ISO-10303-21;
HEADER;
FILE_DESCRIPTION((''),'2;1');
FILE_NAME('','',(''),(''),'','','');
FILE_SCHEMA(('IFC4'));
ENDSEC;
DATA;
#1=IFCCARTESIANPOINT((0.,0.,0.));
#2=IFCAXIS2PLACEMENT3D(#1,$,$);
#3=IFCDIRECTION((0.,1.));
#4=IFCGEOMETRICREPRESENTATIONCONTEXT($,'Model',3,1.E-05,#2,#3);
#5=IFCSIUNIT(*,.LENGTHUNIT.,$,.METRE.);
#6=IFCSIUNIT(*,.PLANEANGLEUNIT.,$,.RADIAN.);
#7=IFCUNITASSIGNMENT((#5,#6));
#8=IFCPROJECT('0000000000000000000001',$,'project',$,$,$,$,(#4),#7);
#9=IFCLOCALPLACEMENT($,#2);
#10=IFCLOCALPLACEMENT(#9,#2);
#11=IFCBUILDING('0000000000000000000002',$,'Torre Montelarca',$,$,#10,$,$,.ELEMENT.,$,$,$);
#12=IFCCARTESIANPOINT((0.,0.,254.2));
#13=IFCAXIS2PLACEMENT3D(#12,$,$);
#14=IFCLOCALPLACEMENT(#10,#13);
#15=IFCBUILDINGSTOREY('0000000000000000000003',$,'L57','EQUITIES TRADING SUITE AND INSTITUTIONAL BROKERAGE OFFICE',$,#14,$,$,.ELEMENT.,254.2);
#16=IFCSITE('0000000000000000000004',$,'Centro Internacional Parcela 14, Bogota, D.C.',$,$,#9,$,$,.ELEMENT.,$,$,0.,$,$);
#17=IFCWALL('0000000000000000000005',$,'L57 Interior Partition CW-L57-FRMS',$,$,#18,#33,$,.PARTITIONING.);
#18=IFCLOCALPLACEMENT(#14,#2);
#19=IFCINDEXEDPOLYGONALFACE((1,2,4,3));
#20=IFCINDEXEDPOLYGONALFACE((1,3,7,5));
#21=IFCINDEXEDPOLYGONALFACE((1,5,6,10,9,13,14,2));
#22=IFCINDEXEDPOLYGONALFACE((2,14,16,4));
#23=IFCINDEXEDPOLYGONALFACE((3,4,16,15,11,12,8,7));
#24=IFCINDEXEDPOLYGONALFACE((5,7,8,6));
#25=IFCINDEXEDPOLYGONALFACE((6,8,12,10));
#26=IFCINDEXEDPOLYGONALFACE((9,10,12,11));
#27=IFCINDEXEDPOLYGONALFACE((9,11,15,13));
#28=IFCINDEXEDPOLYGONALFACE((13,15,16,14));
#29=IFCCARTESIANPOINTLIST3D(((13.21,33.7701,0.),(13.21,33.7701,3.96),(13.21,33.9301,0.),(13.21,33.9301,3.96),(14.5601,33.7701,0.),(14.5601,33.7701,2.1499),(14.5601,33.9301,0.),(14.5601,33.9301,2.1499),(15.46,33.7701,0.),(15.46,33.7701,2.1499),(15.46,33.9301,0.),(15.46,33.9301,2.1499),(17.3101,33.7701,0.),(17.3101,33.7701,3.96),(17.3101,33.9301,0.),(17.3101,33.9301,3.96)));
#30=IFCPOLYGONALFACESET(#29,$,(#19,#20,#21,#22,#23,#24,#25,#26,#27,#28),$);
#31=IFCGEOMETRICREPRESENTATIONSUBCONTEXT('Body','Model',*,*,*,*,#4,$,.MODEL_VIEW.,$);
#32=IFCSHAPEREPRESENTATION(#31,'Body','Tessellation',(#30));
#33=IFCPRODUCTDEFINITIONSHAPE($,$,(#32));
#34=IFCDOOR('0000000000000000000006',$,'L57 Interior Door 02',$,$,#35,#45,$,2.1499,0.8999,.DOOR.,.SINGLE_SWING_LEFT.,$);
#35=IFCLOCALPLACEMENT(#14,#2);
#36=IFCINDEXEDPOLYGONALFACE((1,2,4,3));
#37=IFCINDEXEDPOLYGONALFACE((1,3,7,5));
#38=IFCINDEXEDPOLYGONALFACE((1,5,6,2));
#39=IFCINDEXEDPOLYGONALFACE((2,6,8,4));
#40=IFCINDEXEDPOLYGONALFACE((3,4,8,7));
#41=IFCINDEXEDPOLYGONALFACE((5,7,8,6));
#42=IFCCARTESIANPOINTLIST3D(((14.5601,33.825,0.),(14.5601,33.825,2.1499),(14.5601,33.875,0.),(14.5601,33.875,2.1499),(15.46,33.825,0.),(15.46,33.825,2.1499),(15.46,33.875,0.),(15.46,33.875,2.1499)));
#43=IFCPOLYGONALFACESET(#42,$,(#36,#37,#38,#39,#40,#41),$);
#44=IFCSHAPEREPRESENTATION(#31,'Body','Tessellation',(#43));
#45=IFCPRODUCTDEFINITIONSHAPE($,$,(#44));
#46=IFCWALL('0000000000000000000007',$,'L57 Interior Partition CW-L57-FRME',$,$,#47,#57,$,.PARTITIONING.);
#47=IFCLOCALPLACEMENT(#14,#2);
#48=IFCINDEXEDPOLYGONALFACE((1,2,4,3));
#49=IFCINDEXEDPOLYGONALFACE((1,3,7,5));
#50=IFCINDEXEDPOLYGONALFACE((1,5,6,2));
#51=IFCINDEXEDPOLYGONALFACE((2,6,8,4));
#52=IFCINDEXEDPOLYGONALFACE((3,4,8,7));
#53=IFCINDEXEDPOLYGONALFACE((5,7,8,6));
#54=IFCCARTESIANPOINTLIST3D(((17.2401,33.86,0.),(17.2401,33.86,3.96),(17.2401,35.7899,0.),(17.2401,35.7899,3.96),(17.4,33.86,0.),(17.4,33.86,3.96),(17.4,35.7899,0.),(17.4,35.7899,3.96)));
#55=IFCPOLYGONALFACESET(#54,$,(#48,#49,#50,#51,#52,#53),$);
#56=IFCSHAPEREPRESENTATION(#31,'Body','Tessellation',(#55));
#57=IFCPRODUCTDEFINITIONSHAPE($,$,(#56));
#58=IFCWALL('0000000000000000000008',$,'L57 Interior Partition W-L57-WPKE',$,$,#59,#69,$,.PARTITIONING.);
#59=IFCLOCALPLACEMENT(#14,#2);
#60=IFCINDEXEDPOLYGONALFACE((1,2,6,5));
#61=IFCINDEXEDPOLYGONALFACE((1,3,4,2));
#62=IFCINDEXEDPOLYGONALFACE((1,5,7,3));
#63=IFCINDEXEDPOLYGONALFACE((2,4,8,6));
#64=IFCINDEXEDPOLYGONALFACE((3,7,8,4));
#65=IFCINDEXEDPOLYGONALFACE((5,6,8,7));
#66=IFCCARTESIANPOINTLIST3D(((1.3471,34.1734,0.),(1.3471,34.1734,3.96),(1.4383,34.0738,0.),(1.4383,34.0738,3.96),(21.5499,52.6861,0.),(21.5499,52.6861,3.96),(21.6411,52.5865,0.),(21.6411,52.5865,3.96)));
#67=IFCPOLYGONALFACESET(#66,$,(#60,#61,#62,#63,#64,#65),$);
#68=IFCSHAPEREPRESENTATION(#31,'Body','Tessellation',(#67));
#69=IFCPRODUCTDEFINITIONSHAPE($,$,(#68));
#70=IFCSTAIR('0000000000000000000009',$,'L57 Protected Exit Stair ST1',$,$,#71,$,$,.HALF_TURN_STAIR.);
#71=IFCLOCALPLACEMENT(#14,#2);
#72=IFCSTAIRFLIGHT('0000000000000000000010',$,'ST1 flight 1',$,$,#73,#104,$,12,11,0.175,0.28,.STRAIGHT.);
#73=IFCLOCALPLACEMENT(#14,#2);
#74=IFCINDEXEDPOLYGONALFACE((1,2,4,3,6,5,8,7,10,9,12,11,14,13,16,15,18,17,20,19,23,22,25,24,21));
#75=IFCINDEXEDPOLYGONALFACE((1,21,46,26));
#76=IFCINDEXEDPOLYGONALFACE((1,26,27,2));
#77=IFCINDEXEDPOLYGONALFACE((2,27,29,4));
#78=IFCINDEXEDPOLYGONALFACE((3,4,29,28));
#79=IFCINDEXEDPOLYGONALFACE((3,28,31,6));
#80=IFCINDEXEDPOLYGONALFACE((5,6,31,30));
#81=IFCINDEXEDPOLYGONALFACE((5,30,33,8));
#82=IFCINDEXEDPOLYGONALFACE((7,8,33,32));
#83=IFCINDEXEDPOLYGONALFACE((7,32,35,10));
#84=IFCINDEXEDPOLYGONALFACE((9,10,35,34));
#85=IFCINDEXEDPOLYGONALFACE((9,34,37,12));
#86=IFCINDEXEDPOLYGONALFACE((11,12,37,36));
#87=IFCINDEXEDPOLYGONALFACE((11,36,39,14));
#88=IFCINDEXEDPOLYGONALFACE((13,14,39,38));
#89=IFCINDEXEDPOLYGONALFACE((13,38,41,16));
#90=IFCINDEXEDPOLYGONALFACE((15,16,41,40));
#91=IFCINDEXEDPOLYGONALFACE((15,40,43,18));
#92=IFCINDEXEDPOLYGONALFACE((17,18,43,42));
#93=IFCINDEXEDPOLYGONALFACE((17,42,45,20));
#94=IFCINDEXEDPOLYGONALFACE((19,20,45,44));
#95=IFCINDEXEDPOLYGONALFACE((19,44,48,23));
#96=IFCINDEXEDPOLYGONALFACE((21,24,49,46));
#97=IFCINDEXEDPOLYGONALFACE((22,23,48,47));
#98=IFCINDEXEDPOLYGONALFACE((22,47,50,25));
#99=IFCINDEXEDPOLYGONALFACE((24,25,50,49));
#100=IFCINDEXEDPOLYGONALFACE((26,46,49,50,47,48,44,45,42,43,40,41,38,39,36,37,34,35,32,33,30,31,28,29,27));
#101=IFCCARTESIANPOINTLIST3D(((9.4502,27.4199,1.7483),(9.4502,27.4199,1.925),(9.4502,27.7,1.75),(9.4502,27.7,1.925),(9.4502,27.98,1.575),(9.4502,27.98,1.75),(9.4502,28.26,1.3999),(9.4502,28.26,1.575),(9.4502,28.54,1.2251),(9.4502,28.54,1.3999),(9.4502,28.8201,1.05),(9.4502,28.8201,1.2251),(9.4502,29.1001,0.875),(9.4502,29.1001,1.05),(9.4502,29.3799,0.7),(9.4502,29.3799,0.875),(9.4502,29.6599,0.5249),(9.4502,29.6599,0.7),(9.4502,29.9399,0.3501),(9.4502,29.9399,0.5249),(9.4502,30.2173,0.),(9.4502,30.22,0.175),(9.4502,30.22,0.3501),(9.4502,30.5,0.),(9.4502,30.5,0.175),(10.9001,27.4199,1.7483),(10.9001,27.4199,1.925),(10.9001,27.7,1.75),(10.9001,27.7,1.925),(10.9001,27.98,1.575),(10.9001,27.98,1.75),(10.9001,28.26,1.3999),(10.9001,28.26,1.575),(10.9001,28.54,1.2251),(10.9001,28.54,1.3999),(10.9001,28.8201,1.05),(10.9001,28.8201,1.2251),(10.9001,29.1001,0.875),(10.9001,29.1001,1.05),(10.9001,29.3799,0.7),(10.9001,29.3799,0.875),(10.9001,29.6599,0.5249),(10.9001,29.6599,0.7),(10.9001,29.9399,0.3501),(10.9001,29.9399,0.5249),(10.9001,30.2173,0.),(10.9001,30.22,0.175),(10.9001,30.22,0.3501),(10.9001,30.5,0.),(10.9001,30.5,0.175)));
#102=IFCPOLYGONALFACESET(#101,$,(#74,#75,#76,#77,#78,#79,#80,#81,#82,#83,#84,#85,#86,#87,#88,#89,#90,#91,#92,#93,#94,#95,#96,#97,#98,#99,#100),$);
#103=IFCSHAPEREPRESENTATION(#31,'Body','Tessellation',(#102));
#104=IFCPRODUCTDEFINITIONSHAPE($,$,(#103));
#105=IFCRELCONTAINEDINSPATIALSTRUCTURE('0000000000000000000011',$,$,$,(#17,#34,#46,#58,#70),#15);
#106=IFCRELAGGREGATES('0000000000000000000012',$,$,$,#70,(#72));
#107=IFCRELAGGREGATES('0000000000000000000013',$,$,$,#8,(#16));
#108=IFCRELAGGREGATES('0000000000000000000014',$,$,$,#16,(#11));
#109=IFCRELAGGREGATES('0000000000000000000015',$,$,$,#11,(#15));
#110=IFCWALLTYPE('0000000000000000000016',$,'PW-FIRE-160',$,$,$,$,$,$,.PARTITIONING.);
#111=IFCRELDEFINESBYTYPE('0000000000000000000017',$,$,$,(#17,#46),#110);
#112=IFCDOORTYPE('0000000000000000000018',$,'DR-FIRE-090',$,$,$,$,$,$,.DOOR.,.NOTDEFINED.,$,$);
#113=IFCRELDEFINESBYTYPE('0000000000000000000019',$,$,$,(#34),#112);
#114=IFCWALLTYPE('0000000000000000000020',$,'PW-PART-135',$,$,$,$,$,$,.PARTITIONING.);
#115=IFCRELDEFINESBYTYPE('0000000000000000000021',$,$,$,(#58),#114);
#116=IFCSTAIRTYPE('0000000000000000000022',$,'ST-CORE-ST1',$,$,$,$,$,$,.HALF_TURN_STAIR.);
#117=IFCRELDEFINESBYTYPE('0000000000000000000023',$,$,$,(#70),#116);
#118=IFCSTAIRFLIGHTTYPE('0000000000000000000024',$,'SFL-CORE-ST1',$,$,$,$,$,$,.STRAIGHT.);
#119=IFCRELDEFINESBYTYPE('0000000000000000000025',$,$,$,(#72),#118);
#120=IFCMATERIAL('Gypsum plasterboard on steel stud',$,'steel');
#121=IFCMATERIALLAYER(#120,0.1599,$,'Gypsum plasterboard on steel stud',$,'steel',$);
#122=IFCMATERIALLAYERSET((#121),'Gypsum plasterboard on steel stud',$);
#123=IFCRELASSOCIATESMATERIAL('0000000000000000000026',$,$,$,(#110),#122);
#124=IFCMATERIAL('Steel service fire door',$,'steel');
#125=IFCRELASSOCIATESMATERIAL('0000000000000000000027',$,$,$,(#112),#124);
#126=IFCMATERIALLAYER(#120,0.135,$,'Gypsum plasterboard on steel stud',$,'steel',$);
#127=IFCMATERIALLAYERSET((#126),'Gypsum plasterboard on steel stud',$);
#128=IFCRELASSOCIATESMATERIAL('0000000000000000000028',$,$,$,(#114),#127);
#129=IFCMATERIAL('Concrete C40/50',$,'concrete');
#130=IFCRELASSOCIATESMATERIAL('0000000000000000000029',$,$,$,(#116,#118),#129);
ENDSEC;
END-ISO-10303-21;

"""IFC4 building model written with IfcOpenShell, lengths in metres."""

from ifc_helpers import new_model, si_unit, direction, frame, frame_2d, origin, place, context, subcontext, project, spatial, polyline, rectangle, outline, extrude, source, transform, mapped, material, layer, layer_set, type_object, element, fill, aggregate, save


model = new_model("IFC4")

# Units and contexts
model_context = context("Model", 3, precision=1e-05, world=origin(), true_north=direction((0.0, 1.0)))
body_context = subcontext(model_context, "Body", "Model", "MODEL_VIEW")
ifc_project = project(units=[si_unit("LENGTHUNIT", "METRE"), si_unit("PLANEANGLEUNIT", "RADIAN")], contexts=[model_context])

# Site, building, storey
site_placement = place(None, origin())
site = spatial("IfcSite", under=ifc_project, at=site_placement, Name="Centro Internacional Parcela 14, Bogota, D.C.", CompositionType="ELEMENT", RefElevation=0.0)
building_placement = place(site_placement, origin())
building = spatial("IfcBuilding", under=site, at=building_placement, Name="Torre Montelarca", CompositionType="ELEMENT")
storey_placement = place(building_placement, frame((0.0, 0.0, 254.2)))
storey = spatial("IfcBuildingStorey", under=building, at=storey_placement, Name="L57", Description="EQUITIES TRADING SUITE AND INSTITUTIONAL BROKERAGE OFFICE", CompositionType="ELEMENT", Elevation=254.2)

# Shared definitions
ifc_material_1 = material(Name="Concrete C40/50", Category="concrete")

# Shared definitions
ifc_material_2 = material(Name="Gypsum plasterboard on steel stud", Category="steel")
ifc_layer_1 = layer(ifc_material_2, 0.1599, Name="Gypsum plasterboard on steel stud", Category="steel")
ifc_layer_set_1 = layer_set([ifc_layer_1], Name="Gypsum plasterboard on steel stud")
wall_type_1 = type_object("IfcWallType", Name="PW-FIRE-160", PredefinedType="PARTITIONING", material=ifc_layer_set_1)
ifc_material_3 = material(Name="Steel service fire door", Category="steel")
door_type_1 = type_object("IfcDoorType", Name="DR-FIRE-090", OperationType="NOTDEFINED", PredefinedType="DOOR", material=ifc_material_3)
shared_shape_1 = source(origin(), body_context, "Body", "SweptSolid", [
    extrude(rectangle(XDim=0.8999, YDim=2.1499, at=frame_2d((0.45, 1.075))), frame((0.0, 0.0249, 0.0), z_axis=(0.0, -1.0, 0.0), x_axis=(1.0, 0.0, 0.0)), (0.0, 0.0, 1.0), 0.05),
])

# Wall, opening, door
wall_1_placement = place(storey_placement, frame((13.21, 33.8501, 0.0), z_axis=(0.0, 0.0, 1.0), x_axis=(1.0, 0.0, 0.0)))
wall_1 = element("IfcWall", 1, at=wall_1_placement, inside=storey, type_object=wall_type_1, Name="L57 Interior Partition CW-L57-FRMS", PredefinedType="PARTITIONING", context=body_context, shape_type="SweptSolid", body=[
    extrude(rectangle(XDim=4.1001, YDim=0.1599, at=frame_2d((2.05, 0.0))), origin(), (0.0, 0.0, 1.0), 3.96),
])
opening_1_placement = place(wall_1_placement, frame((1.3501, 0.0, 0.0)))
opening_1 = element("IfcOpeningElement", 2, at=opening_1_placement, cuts=wall_1, PredefinedType="OPENING", context=body_context, shape_type="SweptSolid", body=[
    extrude(rectangle(XDim=0.8999, YDim=2.1499, at=frame_2d((0.45, 1.075))), frame((0.0, 0.0898, 0.0), z_axis=(0.0, -1.0, 0.0), x_axis=(1.0, 0.0, 0.0)), (0.0, 0.0, 1.0), 0.1799),
])
door_1_placement = place(opening_1_placement, origin())
door_1 = element("IfcDoor", 3, at=door_1_placement, inside=storey, type_object=door_type_1, Name="L57 Interior Door 02", OperationType="SINGLE_SWING_LEFT", OverallHeight=2.1499, OverallWidth=0.8999, PredefinedType="DOOR", context=body_context, shape_type="MappedRepresentation", body=[
    mapped(shared_shape_1, transform((0.0, 0.0, 0.0), scale=1.0)),
])
fill(opening_1, door_1)

# Walls
wall_2_placement = place(storey_placement, frame((17.3201, 33.8601, 0.0), z_axis=(0.0, 0.0, 1.0), x_axis=(0.0, 1.0, 0.0)))
element("IfcWall", 4, at=wall_2_placement, inside=storey, type_object=wall_type_1, Name="L57 Interior Partition CW-L57-FRME", PredefinedType="PARTITIONING", context=body_context, shape_type="SweptSolid", body=[
    extrude(rectangle(XDim=1.9299, YDim=0.1599, at=frame_2d((0.9648, 0.0))), origin(), (0.0, 0.0, 1.0), 3.96),
])
ifc_layer_2 = layer(ifc_material_2, 0.135, Name="Gypsum plasterboard on steel stud", Category="steel")
ifc_layer_set_2 = layer_set([ifc_layer_2], Name="Gypsum plasterboard on steel stud")
wall_type_2 = type_object("IfcWallType", Name="PW-PART-135", PredefinedType="PARTITIONING", material=ifc_layer_set_2)
wall_3_placement = place(storey_placement, frame((1.3926, 34.1235, 0.0), z_axis=(0.0, 0.0, 1.0), x_axis=(0.737274, 0.675593, 0.0)))
element("IfcWall", 5, at=wall_3_placement, inside=storey, type_object=wall_type_2, Name="L57 Interior Partition W-L57-WPKE", PredefinedType="PARTITIONING", context=body_context, shape_type="SweptSolid", body=[
    extrude(rectangle(XDim=27.4021, YDim=0.135, at=frame_2d((13.7012, 0.0))), origin(), (0.0, 0.0, 1.0), 3.96),
])

# Stair, stair flight
stair_type = type_object("IfcStairType", Name="ST-CORE-ST1", PredefinedType="HALF_TURN_STAIR", material=ifc_material_1)
stair_placement = place(storey_placement, origin())
stair = element("IfcStair", 6, at=stair_placement, inside=storey, type_object=stair_type, Name="L57 Protected Exit Stair ST1", PredefinedType="HALF_TURN_STAIR")
stair_flight_type = type_object("IfcStairFlightType", Name="SFL-CORE-ST1", PredefinedType="STRAIGHT", material=ifc_material_1)
stair_flight_placement = place(storey_placement, frame((10.175, 30.5, 0.0), z_axis=(0.0, 0.0, 1.0), x_axis=(0.0, -1.0, 0.0)))
stair_flight = element("IfcStairFlight", 7, at=stair_flight_placement, type_object=stair_flight_type, Name="ST1 flight 1", NumberOfRisers=12, NumberOfTreads=11, PredefinedType="STRAIGHT", RiserHeight=0.175, TreadLength=0.28, context=body_context, shape_type="SweptSolid", body=[
    extrude(outline(polyline([(0.0, 0.0), (0.0, 0.175), (0.28, 0.175), (0.28, 0.3501), (0.5601, 0.3501), (0.5601, 0.5249), (0.8401, 0.5249), (0.8401, 0.7), (1.1201, 0.7), (1.1201, 0.875), (1.3999, 0.875), (1.3999, 1.05), (1.6799, 1.05), (1.6799, 1.2251), (1.96, 1.2251), (1.96, 1.3999), (2.24, 1.3999), (2.24, 1.575), (2.52, 1.575), (2.52, 1.75), (2.8, 1.75), (2.8, 1.925), (3.0801, 1.925), (3.0801, 2.1001), (3.0801, 1.7483), (0.2827, 0.0), (0.0, 0.0)])), frame((0.0, 0.7251, 0.0), z_axis=(0.0, -1.0, 0.0), x_axis=(1.0, 0.0, 0.0)), (0.0, 0.0, 1.0), 1.45),
])
aggregate(stair, [stair_flight])

save(model, "model.ifc")
